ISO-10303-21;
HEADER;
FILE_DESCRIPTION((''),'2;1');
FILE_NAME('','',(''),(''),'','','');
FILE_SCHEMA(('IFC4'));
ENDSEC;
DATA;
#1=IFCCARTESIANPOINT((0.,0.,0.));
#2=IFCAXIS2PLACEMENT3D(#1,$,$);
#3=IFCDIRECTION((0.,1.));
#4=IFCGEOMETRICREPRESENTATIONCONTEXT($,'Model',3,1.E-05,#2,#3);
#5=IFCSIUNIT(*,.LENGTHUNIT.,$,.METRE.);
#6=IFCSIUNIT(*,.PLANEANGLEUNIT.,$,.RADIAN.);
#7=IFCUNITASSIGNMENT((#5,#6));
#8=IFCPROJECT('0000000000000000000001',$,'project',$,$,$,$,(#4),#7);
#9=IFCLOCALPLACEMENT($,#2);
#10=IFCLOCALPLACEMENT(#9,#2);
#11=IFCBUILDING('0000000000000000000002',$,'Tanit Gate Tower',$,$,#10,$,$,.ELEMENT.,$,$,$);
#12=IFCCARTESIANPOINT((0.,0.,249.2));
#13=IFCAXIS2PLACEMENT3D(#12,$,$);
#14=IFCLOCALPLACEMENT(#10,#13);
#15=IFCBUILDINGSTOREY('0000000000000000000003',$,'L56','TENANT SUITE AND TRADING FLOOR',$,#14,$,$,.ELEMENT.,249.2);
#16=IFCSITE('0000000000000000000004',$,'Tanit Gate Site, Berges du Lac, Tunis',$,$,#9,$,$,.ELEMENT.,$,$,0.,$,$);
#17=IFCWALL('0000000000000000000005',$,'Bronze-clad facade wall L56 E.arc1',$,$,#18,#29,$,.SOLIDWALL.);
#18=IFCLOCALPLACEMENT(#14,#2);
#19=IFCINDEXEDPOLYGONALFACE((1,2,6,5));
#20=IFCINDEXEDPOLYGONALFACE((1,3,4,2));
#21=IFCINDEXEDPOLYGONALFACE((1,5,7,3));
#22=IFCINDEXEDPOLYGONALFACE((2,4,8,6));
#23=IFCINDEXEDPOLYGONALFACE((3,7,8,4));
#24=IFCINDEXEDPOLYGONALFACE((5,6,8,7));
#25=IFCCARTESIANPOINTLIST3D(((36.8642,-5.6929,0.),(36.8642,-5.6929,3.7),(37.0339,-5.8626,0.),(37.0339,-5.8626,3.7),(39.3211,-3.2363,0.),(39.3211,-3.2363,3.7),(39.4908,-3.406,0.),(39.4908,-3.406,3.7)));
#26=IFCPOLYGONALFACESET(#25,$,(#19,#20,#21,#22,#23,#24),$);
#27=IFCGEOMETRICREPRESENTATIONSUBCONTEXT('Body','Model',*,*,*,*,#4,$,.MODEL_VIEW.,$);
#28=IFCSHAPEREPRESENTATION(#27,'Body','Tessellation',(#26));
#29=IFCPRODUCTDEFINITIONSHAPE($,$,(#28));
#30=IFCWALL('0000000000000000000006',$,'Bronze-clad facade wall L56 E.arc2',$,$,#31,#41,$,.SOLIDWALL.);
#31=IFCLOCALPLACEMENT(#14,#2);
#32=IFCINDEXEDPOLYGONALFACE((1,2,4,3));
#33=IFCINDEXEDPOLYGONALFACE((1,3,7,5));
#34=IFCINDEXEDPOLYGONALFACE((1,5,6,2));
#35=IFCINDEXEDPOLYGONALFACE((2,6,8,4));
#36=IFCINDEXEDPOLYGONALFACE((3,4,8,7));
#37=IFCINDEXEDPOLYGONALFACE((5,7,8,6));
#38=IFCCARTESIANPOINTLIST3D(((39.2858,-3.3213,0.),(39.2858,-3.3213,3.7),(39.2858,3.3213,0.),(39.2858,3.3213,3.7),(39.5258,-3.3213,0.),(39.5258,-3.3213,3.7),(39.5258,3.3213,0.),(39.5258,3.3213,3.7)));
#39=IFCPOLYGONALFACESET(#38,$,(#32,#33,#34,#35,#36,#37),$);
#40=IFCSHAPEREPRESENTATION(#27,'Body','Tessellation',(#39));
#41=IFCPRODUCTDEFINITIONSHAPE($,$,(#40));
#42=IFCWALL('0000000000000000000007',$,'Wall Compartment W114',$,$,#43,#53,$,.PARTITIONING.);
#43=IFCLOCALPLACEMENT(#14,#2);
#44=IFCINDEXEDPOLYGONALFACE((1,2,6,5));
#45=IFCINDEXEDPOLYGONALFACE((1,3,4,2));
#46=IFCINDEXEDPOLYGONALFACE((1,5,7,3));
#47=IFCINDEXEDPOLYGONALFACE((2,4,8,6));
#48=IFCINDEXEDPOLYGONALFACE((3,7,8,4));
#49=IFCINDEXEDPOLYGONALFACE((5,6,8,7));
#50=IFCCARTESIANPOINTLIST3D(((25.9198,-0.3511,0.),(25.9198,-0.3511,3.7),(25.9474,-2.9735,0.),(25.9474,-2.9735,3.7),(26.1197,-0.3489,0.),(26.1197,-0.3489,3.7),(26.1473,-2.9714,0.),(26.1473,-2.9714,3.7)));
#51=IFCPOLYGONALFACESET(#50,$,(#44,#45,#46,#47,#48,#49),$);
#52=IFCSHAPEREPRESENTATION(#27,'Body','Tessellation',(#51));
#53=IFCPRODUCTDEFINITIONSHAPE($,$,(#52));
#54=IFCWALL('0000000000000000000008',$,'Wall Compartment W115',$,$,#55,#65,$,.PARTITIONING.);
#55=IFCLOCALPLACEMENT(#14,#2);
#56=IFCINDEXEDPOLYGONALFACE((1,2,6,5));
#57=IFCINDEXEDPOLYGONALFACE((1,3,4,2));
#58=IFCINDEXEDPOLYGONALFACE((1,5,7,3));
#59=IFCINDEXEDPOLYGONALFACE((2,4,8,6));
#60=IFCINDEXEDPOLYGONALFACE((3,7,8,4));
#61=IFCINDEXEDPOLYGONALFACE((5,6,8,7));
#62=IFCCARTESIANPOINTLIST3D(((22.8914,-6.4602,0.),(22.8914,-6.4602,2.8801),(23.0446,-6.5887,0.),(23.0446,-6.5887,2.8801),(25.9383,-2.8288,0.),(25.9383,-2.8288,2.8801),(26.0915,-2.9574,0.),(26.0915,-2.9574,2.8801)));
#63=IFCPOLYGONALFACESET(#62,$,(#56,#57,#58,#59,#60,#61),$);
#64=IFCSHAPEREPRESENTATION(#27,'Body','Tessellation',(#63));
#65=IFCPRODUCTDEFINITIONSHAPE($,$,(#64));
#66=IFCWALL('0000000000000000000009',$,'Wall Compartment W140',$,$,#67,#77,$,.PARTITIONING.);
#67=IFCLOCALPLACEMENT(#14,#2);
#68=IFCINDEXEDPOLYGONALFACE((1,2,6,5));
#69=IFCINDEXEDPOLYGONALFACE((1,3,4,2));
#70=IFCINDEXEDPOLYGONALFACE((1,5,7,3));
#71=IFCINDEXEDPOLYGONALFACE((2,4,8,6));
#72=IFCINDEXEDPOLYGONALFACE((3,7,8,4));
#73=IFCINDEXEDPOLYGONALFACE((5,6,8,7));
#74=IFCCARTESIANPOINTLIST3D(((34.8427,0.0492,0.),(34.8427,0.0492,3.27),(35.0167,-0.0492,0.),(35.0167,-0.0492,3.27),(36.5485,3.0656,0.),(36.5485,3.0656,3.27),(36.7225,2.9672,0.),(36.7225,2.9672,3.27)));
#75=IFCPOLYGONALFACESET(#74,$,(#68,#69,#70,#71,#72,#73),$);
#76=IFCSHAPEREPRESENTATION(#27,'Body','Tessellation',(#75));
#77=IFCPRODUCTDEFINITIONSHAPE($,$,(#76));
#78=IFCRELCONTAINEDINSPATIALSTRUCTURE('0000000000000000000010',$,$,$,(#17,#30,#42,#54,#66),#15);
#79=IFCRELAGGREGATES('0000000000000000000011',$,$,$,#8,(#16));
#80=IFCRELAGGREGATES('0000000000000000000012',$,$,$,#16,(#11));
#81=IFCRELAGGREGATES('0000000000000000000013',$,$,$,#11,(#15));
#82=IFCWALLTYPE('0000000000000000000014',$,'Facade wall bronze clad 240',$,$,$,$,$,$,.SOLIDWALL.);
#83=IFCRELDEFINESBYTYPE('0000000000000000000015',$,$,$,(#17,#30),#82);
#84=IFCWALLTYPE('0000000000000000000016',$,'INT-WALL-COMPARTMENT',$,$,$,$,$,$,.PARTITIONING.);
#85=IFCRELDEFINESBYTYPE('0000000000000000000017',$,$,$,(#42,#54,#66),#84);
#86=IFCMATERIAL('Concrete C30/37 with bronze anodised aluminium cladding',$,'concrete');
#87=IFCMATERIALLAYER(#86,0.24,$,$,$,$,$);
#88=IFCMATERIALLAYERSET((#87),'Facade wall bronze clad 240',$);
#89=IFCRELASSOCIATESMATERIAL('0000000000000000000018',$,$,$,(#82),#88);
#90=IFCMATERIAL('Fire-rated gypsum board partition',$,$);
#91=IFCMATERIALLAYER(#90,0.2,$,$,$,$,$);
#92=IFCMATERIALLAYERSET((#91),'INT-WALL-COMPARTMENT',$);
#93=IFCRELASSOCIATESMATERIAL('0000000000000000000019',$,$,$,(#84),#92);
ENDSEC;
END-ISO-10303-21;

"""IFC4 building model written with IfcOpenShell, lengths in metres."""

from ifc_helpers import new_model, si_unit, direction, frame, frame_2d, origin, place, context, subcontext, project, spatial, rectangle, extrude, material, layer, layer_set, type_object, element, save


model = new_model("IFC4")

# Units and contexts
model_context = context("Model", 3, precision=1e-05, world=origin(), true_north=direction((0.0, 1.0)))
body_context = subcontext(model_context, "Body", "Model", "MODEL_VIEW")
ifc_project = project(units=[si_unit("LENGTHUNIT", "METRE"), si_unit("PLANEANGLEUNIT", "RADIAN")], contexts=[model_context])

# Site, building, storey
site_placement = place(None, origin())
site = spatial("IfcSite", under=ifc_project, at=site_placement, Name="Tanit Gate Site, Berges du Lac, Tunis", CompositionType="ELEMENT", RefElevation=0.0)
building_placement = place(site_placement, origin())
building = spatial("IfcBuilding", under=site, at=building_placement, Name="Tanit Gate Tower", CompositionType="ELEMENT")
storey_placement = place(building_placement, frame((0.0, 0.0, 249.2)))
storey = spatial("IfcBuildingStorey", under=building, at=storey_placement, Name="L56", Description="TENANT SUITE AND TRADING FLOOR", CompositionType="ELEMENT", Elevation=249.2)

# Walls
ifc_material_1 = material(Name="Concrete C30/37 with bronze anodised aluminium cladding", Category="concrete")
ifc_layer_1 = layer(ifc_material_1, 0.24)
ifc_layer_set_1 = layer_set([ifc_layer_1], Name="Facade wall bronze clad 240")
wall_type_1 = type_object("IfcWallType", Name="Facade wall bronze clad 240", PredefinedType="SOLIDWALL", material=ifc_layer_set_1)
wall_1_placement = place(storey_placement, frame((36.949, -5.7778, 0.0), z_axis=(0.0, 0.0, 1.0), x_axis=(0.707142, 0.707072, 0.0)))
element("IfcWall", 1, at=wall_1_placement, inside=storey, type_object=wall_type_1, Name="Bronze-clad facade wall L56 E.arc1", PredefinedType="SOLIDWALL", context=body_context, shape_type="SweptSolid", body=[
    extrude(rectangle(XDim=3.4744, YDim=0.24, at=frame_2d((1.7373, 0.0))), origin(), (0.0, 0.0, 1.0), 3.7),
])
wall_2_placement = place(storey_placement, frame((39.4058, -3.3213, 0.0), z_axis=(0.0, 0.0, 1.0), x_axis=(0.0, 1.0, 0.0)))
element("IfcWall", 2, at=wall_2_placement, inside=storey, type_object=wall_type_1, Name="Bronze-clad facade wall L56 E.arc2", PredefinedType="SOLIDWALL", context=body_context, shape_type="SweptSolid", body=[
    extrude(rectangle(XDim=6.6426, YDim=0.24, at=frame_2d((3.3213, 0.0))), origin(), (0.0, 0.0, 1.0), 3.7),
])
ifc_material_2 = material(Name="Fire-rated gypsum board partition")
ifc_layer_2 = layer(ifc_material_2, 0.2)
ifc_layer_set_2 = layer_set([ifc_layer_2], Name="INT-WALL-COMPARTMENT")
wall_type_2 = type_object("IfcWallType", Name="INT-WALL-COMPARTMENT", PredefinedType="PARTITIONING", material=ifc_layer_set_2)
wall_3_placement = place(storey_placement, frame((26.0474, -2.9724, 0.0), z_axis=(0.0, 0.0, 1.0), x_axis=(-0.01052, 0.999945, 0.0)))
element("IfcWall", 3, at=wall_3_placement, inside=storey, type_object=wall_type_2, Name="Wall Compartment W114", PredefinedType="PARTITIONING", context=body_context, shape_type="SweptSolid", body=[
    extrude(rectangle(XDim=2.6226, YDim=0.2, at=frame_2d((1.3113, 0.0))), origin(), (0.0, 0.0, 1.0), 3.7),
])
wall_4_placement = place(storey_placement, frame((22.968, -6.5244, 0.0), z_axis=(0.0, 0.0, 1.0), x_axis=(0.642764, 0.766064, 0.0)))
element("IfcWall", 4, at=wall_4_placement, inside=storey, type_object=wall_type_2, Name="Wall Compartment W115", PredefinedType="PARTITIONING", context=body_context, shape_type="SweptSolid", body=[
    extrude(rectangle(XDim=4.7402, YDim=0.2, at=frame_2d((2.3701, 0.0))), origin(), (0.0, 0.0, 1.0), 2.8801),
])
wall_5_placement = place(storey_placement, frame((34.9297, 0.0, 0.0), z_axis=(0.0, 0.0, 1.0), x_axis=(0.492257, 0.87045, 0.0)))
element("IfcWall", 5, at=wall_5_placement, inside=storey, type_object=wall_type_2, Name="Wall Compartment W140", PredefinedType="PARTITIONING", context=body_context, shape_type="SweptSolid", body=[
    extrude(rectangle(XDim=3.4653, YDim=0.2, at=frame_2d((1.7327, 0.0))), origin(), (0.0, 0.0, 1.0), 3.27),
])

save(model, "model.ifc")
